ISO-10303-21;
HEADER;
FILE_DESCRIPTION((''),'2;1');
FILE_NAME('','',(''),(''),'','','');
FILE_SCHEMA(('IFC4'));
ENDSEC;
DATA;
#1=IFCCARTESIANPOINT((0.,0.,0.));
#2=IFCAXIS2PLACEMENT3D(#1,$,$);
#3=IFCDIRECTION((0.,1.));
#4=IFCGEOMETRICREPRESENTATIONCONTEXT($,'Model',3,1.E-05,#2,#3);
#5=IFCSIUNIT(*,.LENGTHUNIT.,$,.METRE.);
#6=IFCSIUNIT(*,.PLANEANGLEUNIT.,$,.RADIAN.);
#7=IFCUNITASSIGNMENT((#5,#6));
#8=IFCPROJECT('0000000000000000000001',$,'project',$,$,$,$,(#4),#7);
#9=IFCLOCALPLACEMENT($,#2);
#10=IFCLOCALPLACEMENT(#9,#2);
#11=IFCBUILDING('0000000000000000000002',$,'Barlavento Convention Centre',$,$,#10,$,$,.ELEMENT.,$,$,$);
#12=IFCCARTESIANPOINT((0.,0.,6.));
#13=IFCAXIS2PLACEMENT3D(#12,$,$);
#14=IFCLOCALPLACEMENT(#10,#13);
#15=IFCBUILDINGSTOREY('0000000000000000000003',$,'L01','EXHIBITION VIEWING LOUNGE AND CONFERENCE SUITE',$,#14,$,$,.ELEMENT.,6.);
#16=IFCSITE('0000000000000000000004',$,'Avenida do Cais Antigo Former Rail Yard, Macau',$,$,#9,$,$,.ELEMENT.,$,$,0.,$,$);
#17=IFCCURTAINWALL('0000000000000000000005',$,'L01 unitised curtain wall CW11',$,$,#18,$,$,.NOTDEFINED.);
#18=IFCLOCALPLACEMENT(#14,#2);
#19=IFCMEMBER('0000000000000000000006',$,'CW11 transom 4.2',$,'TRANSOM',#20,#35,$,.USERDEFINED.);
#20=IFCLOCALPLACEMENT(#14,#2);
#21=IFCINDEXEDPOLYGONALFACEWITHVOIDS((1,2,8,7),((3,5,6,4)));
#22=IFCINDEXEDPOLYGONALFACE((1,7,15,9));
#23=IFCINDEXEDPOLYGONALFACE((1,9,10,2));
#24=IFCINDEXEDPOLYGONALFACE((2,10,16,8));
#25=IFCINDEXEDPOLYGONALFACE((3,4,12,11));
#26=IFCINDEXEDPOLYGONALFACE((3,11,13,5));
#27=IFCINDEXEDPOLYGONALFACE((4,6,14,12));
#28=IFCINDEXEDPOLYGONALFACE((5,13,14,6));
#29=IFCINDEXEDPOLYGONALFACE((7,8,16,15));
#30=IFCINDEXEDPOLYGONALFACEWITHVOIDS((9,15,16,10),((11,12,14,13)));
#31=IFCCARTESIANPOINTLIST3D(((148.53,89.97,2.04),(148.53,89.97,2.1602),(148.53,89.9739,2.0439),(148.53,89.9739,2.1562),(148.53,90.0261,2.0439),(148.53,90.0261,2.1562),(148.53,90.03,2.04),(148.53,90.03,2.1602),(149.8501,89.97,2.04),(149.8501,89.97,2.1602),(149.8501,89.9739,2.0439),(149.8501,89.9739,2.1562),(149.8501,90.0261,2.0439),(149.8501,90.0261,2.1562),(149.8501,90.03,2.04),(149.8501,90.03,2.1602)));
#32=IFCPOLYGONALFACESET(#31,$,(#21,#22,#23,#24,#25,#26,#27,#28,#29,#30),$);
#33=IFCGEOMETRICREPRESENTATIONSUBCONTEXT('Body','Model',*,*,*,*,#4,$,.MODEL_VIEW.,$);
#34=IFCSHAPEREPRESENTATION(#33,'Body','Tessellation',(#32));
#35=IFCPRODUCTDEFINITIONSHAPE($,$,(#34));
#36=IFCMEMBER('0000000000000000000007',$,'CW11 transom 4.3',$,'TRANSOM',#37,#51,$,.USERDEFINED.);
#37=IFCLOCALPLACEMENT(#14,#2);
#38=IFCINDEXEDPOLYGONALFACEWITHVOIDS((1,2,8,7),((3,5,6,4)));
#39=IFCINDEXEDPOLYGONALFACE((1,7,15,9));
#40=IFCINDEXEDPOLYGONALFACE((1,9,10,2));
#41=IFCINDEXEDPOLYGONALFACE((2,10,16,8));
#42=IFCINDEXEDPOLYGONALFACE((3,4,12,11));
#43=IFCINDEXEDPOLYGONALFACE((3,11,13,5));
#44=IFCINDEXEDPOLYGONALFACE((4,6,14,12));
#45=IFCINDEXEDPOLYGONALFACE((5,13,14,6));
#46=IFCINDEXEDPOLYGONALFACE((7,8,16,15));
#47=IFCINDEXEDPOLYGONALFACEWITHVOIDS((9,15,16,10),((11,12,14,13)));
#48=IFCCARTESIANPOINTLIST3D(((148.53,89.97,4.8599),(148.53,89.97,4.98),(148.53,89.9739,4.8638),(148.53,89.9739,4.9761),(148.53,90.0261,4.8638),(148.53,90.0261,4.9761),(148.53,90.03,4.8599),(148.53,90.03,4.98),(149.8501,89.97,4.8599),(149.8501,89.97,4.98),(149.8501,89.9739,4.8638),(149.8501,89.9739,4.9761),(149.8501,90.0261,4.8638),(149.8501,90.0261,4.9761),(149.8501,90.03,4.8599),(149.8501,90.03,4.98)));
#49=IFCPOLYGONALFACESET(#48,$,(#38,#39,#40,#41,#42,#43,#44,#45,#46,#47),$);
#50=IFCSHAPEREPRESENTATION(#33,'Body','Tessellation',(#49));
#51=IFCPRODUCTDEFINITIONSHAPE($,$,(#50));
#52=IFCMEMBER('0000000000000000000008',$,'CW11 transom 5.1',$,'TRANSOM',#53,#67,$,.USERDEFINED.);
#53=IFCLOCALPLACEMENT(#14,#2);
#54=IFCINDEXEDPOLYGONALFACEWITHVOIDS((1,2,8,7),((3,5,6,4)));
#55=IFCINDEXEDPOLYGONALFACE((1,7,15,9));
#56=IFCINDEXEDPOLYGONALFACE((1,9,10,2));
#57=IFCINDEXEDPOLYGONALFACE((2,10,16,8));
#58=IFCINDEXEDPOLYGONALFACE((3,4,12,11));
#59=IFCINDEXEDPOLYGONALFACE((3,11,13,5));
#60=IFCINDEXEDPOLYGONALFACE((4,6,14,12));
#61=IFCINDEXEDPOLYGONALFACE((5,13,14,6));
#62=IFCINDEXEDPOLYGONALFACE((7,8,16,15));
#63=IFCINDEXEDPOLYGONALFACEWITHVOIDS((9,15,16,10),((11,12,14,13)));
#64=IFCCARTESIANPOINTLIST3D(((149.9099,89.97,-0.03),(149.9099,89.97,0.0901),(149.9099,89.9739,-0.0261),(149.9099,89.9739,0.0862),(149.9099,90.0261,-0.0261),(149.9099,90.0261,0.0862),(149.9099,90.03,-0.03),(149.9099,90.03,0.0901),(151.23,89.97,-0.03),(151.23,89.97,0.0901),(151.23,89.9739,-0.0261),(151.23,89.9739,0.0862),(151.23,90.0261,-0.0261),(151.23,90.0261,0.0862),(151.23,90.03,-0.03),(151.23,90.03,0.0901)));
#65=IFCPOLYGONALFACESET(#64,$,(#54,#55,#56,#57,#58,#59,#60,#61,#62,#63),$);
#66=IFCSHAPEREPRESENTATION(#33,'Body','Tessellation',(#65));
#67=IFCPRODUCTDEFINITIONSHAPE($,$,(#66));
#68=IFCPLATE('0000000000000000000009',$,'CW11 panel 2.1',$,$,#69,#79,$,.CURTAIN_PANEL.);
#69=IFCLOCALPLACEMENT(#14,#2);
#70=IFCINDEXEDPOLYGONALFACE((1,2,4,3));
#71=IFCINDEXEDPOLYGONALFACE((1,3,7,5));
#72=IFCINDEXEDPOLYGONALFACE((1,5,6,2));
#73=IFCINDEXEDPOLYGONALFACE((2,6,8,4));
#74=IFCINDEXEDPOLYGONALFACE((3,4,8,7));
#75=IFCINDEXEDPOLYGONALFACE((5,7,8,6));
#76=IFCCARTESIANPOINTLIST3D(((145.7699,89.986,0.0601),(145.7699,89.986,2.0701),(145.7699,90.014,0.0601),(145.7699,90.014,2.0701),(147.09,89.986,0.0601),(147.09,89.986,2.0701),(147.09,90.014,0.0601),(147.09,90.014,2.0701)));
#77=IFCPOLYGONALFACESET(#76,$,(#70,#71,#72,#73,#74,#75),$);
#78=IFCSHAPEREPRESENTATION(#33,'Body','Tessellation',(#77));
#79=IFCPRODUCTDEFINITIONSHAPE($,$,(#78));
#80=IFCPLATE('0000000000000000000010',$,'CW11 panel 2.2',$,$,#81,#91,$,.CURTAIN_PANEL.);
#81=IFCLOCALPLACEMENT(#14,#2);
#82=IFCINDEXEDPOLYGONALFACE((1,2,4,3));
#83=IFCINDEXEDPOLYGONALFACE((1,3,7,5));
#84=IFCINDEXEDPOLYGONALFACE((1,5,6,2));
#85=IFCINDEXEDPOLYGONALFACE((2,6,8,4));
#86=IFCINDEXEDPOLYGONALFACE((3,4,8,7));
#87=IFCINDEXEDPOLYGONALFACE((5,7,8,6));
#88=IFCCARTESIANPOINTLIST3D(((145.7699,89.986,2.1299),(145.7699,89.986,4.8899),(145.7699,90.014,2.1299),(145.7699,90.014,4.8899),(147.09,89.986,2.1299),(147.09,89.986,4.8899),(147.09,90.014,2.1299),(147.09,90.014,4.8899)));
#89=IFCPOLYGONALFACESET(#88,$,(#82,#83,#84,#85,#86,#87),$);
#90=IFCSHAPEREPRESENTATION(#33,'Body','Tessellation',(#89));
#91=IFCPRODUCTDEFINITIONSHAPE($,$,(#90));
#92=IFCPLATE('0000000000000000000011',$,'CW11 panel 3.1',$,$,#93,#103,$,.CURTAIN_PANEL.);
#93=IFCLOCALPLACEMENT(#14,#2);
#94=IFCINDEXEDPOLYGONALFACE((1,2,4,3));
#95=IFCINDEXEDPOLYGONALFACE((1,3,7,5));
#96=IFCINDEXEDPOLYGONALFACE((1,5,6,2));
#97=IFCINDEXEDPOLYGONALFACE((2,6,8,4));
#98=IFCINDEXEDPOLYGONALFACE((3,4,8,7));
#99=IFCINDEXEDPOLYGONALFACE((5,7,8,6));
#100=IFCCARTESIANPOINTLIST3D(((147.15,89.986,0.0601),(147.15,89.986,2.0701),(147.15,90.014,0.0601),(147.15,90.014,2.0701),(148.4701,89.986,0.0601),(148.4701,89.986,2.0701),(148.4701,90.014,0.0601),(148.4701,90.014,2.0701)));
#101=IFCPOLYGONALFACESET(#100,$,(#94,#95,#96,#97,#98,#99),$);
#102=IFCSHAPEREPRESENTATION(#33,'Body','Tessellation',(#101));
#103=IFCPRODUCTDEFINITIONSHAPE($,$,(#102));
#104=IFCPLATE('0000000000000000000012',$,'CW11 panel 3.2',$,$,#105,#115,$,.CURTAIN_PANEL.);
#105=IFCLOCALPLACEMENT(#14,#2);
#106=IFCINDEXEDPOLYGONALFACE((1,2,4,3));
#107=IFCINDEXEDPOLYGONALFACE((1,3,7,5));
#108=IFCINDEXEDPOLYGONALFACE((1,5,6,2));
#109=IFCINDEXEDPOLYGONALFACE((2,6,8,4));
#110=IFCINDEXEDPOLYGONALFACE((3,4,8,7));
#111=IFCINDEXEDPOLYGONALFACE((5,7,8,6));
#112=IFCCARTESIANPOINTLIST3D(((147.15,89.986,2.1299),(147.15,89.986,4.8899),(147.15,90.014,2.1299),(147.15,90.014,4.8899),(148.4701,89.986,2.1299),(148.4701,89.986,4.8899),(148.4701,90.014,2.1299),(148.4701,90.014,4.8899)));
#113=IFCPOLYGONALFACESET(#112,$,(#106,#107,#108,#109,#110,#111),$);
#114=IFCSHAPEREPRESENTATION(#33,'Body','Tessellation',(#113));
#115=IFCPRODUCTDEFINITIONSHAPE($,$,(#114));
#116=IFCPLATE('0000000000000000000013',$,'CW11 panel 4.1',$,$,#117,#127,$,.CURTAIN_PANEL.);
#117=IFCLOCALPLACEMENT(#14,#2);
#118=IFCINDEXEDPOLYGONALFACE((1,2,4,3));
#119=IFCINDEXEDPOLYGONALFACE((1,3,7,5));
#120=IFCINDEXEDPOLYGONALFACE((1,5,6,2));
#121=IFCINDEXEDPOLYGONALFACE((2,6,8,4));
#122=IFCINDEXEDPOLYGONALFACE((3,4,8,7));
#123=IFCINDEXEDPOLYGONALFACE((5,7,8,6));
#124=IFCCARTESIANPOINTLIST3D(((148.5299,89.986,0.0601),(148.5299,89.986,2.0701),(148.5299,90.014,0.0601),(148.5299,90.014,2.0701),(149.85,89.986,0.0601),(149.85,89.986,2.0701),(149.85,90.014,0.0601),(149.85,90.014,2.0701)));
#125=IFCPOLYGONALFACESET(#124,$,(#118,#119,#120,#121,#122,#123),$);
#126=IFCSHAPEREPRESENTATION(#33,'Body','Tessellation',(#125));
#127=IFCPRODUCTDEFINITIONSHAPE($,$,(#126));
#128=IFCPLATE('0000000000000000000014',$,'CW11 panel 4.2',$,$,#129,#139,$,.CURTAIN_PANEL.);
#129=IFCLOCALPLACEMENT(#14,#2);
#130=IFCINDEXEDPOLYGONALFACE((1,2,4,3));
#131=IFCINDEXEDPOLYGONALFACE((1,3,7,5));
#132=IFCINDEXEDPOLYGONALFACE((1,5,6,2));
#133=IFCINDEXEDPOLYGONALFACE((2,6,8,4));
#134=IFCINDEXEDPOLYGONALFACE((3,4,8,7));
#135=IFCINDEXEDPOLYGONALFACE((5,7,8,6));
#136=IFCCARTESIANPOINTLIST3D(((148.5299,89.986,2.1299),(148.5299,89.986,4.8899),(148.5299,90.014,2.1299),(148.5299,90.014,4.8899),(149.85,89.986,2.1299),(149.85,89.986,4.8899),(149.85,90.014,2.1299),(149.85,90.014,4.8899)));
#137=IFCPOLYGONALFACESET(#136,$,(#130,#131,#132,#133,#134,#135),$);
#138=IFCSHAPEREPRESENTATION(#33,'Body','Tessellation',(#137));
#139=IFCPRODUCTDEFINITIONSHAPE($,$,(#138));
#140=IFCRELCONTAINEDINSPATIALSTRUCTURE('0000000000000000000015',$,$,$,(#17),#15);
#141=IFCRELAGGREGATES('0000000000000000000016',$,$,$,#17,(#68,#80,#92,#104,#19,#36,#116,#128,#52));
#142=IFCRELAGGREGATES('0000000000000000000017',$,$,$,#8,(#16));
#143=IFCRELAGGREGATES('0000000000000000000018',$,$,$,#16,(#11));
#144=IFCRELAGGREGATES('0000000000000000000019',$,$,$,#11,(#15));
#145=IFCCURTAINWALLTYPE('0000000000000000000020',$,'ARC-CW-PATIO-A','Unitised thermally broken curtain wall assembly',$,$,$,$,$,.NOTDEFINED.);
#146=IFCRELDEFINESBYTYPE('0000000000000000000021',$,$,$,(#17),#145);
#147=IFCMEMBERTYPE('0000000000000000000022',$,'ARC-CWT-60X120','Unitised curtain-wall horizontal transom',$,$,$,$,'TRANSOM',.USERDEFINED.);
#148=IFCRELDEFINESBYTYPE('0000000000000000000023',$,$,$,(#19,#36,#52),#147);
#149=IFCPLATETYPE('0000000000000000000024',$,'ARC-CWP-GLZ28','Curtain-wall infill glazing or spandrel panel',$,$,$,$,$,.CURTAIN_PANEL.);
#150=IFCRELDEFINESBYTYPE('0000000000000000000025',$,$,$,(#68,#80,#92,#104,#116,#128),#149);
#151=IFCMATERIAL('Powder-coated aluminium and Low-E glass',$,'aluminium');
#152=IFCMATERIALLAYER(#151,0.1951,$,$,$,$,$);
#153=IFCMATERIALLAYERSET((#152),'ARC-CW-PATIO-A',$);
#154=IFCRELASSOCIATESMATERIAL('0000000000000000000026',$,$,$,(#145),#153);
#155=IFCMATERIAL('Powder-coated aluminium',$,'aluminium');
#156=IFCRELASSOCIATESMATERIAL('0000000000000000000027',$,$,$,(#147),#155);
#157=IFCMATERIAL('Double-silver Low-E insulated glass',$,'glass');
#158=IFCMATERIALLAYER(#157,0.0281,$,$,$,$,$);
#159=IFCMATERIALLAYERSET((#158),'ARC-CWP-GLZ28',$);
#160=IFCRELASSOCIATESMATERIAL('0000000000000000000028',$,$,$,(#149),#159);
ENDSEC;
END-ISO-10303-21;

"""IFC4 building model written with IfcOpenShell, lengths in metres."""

from ifc_helpers import new_model, si_unit, direction, frame, origin, origin_2d, place, context, subcontext, project, spatial, rectangle, hollow_rectangle, extrude, material, layer, layer_set, material_profile, profile_set, type_object, element, aggregate, save


model = new_model("IFC4")

# Units and contexts
model_context = context("Model", 3, precision=1e-05, world=origin(), true_north=direction((0.0, 1.0)))
body_context = subcontext(model_context, "Body", "Model", "MODEL_VIEW")
ifc_project = project(units=[si_unit("LENGTHUNIT", "METRE"), si_unit("PLANEANGLEUNIT", "RADIAN")], contexts=[model_context])

# Site, building, storey
site_placement = place(None, origin())
site = spatial("IfcSite", under=ifc_project, at=site_placement, Name="Avenida do Cais Antigo Former Rail Yard, Macau", CompositionType="ELEMENT", RefElevation=0.0)
building_placement = place(site_placement, origin())
building = spatial("IfcBuilding", under=site, at=building_placement, Name="Barlavento Convention Centre", CompositionType="ELEMENT")
storey_placement = place(building_placement, frame((0.0, 0.0, 6.0)))
storey = spatial("IfcBuildingStorey", under=building, at=storey_placement, Name="L01", Description="EXHIBITION VIEWING LOUNGE AND CONFERENCE SUITE", CompositionType="ELEMENT", Elevation=6.0)

# Curtain wall, members, plates
ifc_material_1 = material(Name="Powder-coated aluminium and Low-E glass", Category="aluminium")
ifc_layer_1 = layer(ifc_material_1, 0.1951)
ifc_layer_set_1 = layer_set([ifc_layer_1], Name="ARC-CW-PATIO-A")
curtain_wall_type = type_object("IfcCurtainWallType", Name="ARC-CW-PATIO-A", Description="Unitised thermally broken curtain wall assembly", PredefinedType="NOTDEFINED", material=ifc_layer_set_1)
curtain_wall_placement = place(storey_placement, origin())
curtain_wall = element("IfcCurtainWall", 1, at=curtain_wall_placement, inside=storey, type_object=curtain_wall_type, Name="L01 unitised curtain wall CW11", PredefinedType="NOTDEFINED")
ifc_material_2 = material(Name="Powder-coated aluminium", Category="aluminium")
ifc_material_profile_1 = material_profile(ifc_material_2, hollow_rectangle(XDim=0.0601, YDim=0.1201, WallThickness=0.0039, at=origin_2d()), Name="AL-TRAN 60x120x4")
ifc_profile_set_1 = profile_set([ifc_material_profile_1], Name="Powder-coated aluminium")
member_type_1 = type_object("IfcMemberType", Name="ARC-CWT-60X120", Description="Unitised curtain-wall horizontal transom", ElementType="TRANSOM", PredefinedType="USERDEFINED", material=ifc_profile_set_1)
member_1_placement = place(storey_placement, frame((148.53, 90.0, 2.1001), z_axis=(1.0, 0.0, 0.0), x_axis=(0.0, 1.0, 0.0)))
member_1 = element("IfcMember", 2, at=member_1_placement, type_object=member_type_1, Name="CW11 transom 4.2", ObjectType="TRANSOM", PredefinedType="USERDEFINED", context=body_context, shape_type="SweptSolid", body=[
    extrude(hollow_rectangle(XDim=0.0601, YDim=0.1201, WallThickness=0.0039, at=origin_2d()), origin(), (0.0, 0.0, 1.0), 1.3201),
])
member_2_placement = place(storey_placement, frame((148.53, 90.0, 4.9199), z_axis=(1.0, 0.0, 0.0), x_axis=(0.0, 1.0, 0.0)))
member_2 = element("IfcMember", 3, at=member_2_placement, type_object=member_type_1, Name="CW11 transom 4.3", ObjectType="TRANSOM", PredefinedType="USERDEFINED", context=body_context, shape_type="SweptSolid", body=[
    extrude(hollow_rectangle(XDim=0.0601, YDim=0.1201, WallThickness=0.0039, at=origin_2d()), origin(), (0.0, 0.0, 1.0), 1.3201),
])
member_3_placement = place(storey_placement, frame((149.9099, 90.0, 0.03), z_axis=(1.0, 0.0, 0.0), x_axis=(0.0, 1.0, 0.0)))
member_3 = element("IfcMember", 4, at=member_3_placement, type_object=member_type_1, Name="CW11 transom 5.1", ObjectType="TRANSOM", PredefinedType="USERDEFINED", context=body_context, shape_type="SweptSolid", body=[
    extrude(hollow_rectangle(XDim=0.0601, YDim=0.1201, WallThickness=0.0039, at=origin_2d()), origin(), (0.0, 0.0, 1.0), 1.3201),
])
ifc_material_3 = material(Name="Double-silver Low-E insulated glass", Category="glass")
ifc_layer_2 = layer(ifc_material_3, 0.0281)
ifc_layer_set_2 = layer_set([ifc_layer_2], Name="ARC-CWP-GLZ28")
plate_type = type_object("IfcPlateType", Name="ARC-CWP-GLZ28", Description="Curtain-wall infill glazing or spandrel panel", PredefinedType="CURTAIN_PANEL", material=ifc_layer_set_2)
plate_1_placement = place(storey_placement, frame((146.4299, 90.0, 0.0601), z_axis=(0.0, 0.0, 1.0), x_axis=(1.0, 0.0, 0.0)))
plate_1 = element("IfcPlate", 5, at=plate_1_placement, type_object=plate_type, Name="CW11 panel 2.1", PredefinedType="CURTAIN_PANEL", context=body_context, shape_type="SweptSolid", body=[
    extrude(rectangle(XDim=1.3201, YDim=0.0281, at=origin_2d()), origin(), (0.0, 0.0, 1.0), 2.01),
])
plate_2_placement = place(storey_placement, frame((146.4299, 90.0, 2.1299), z_axis=(0.0, 0.0, 1.0), x_axis=(1.0, 0.0, 0.0)))
plate_2 = element("IfcPlate", 6, at=plate_2_placement, type_object=plate_type, Name="CW11 panel 2.2", PredefinedType="CURTAIN_PANEL", context=body_context, shape_type="SweptSolid", body=[
    extrude(rectangle(XDim=1.3201, YDim=0.0281, at=origin_2d()), origin(), (0.0, 0.0, 1.0), 2.76),
])
plate_3_placement = place(storey_placement, frame((147.8101, 90.0, 0.0601), z_axis=(0.0, 0.0, 1.0), x_axis=(1.0, 0.0, 0.0)))
plate_3 = element("IfcPlate", 7, at=plate_3_placement, type_object=plate_type, Name="CW11 panel 3.1", PredefinedType="CURTAIN_PANEL", context=body_context, shape_type="SweptSolid", body=[
    extrude(rectangle(XDim=1.3201, YDim=0.0281, at=origin_2d()), origin(), (0.0, 0.0, 1.0), 2.01),
])
plate_4_placement = place(storey_placement, frame((147.8101, 90.0, 2.1299), z_axis=(0.0, 0.0, 1.0), x_axis=(1.0, 0.0, 0.0)))
plate_4 = element("IfcPlate", 8, at=plate_4_placement, type_object=plate_type, Name="CW11 panel 3.2", PredefinedType="CURTAIN_PANEL", context=body_context, shape_type="SweptSolid", body=[
    extrude(rectangle(XDim=1.3201, YDim=0.0281, at=origin_2d()), origin(), (0.0, 0.0, 1.0), 2.76),
])
plate_5_placement = place(storey_placement, frame((149.1899, 90.0, 0.0601), z_axis=(0.0, 0.0, 1.0), x_axis=(1.0, 0.0, 0.0)))
plate_5 = element("IfcPlate", 9, at=plate_5_placement, type_object=plate_type, Name="CW11 panel 4.1", PredefinedType="CURTAIN_PANEL", context=body_context, shape_type="SweptSolid", body=[
    extrude(rectangle(XDim=1.3201, YDim=0.0281, at=origin_2d()), origin(), (0.0, 0.0, 1.0), 2.01),
])
plate_6_placement = place(storey_placement, frame((149.1899, 90.0, 2.1299), z_axis=(0.0, 0.0, 1.0), x_axis=(1.0, 0.0, 0.0)))
plate_6 = element("IfcPlate", 10, at=plate_6_placement, type_object=plate_type, Name="CW11 panel 4.2", PredefinedType="CURTAIN_PANEL", context=body_context, shape_type="SweptSolid", body=[
    extrude(rectangle(XDim=1.3201, YDim=0.0281, at=origin_2d()), origin(), (0.0, 0.0, 1.0), 2.76),
])
aggregate(curtain_wall, [plate_1, plate_2, plate_3, plate_4, member_1, member_2, plate_5, plate_6, member_3])

save(model, "model.ifc")
